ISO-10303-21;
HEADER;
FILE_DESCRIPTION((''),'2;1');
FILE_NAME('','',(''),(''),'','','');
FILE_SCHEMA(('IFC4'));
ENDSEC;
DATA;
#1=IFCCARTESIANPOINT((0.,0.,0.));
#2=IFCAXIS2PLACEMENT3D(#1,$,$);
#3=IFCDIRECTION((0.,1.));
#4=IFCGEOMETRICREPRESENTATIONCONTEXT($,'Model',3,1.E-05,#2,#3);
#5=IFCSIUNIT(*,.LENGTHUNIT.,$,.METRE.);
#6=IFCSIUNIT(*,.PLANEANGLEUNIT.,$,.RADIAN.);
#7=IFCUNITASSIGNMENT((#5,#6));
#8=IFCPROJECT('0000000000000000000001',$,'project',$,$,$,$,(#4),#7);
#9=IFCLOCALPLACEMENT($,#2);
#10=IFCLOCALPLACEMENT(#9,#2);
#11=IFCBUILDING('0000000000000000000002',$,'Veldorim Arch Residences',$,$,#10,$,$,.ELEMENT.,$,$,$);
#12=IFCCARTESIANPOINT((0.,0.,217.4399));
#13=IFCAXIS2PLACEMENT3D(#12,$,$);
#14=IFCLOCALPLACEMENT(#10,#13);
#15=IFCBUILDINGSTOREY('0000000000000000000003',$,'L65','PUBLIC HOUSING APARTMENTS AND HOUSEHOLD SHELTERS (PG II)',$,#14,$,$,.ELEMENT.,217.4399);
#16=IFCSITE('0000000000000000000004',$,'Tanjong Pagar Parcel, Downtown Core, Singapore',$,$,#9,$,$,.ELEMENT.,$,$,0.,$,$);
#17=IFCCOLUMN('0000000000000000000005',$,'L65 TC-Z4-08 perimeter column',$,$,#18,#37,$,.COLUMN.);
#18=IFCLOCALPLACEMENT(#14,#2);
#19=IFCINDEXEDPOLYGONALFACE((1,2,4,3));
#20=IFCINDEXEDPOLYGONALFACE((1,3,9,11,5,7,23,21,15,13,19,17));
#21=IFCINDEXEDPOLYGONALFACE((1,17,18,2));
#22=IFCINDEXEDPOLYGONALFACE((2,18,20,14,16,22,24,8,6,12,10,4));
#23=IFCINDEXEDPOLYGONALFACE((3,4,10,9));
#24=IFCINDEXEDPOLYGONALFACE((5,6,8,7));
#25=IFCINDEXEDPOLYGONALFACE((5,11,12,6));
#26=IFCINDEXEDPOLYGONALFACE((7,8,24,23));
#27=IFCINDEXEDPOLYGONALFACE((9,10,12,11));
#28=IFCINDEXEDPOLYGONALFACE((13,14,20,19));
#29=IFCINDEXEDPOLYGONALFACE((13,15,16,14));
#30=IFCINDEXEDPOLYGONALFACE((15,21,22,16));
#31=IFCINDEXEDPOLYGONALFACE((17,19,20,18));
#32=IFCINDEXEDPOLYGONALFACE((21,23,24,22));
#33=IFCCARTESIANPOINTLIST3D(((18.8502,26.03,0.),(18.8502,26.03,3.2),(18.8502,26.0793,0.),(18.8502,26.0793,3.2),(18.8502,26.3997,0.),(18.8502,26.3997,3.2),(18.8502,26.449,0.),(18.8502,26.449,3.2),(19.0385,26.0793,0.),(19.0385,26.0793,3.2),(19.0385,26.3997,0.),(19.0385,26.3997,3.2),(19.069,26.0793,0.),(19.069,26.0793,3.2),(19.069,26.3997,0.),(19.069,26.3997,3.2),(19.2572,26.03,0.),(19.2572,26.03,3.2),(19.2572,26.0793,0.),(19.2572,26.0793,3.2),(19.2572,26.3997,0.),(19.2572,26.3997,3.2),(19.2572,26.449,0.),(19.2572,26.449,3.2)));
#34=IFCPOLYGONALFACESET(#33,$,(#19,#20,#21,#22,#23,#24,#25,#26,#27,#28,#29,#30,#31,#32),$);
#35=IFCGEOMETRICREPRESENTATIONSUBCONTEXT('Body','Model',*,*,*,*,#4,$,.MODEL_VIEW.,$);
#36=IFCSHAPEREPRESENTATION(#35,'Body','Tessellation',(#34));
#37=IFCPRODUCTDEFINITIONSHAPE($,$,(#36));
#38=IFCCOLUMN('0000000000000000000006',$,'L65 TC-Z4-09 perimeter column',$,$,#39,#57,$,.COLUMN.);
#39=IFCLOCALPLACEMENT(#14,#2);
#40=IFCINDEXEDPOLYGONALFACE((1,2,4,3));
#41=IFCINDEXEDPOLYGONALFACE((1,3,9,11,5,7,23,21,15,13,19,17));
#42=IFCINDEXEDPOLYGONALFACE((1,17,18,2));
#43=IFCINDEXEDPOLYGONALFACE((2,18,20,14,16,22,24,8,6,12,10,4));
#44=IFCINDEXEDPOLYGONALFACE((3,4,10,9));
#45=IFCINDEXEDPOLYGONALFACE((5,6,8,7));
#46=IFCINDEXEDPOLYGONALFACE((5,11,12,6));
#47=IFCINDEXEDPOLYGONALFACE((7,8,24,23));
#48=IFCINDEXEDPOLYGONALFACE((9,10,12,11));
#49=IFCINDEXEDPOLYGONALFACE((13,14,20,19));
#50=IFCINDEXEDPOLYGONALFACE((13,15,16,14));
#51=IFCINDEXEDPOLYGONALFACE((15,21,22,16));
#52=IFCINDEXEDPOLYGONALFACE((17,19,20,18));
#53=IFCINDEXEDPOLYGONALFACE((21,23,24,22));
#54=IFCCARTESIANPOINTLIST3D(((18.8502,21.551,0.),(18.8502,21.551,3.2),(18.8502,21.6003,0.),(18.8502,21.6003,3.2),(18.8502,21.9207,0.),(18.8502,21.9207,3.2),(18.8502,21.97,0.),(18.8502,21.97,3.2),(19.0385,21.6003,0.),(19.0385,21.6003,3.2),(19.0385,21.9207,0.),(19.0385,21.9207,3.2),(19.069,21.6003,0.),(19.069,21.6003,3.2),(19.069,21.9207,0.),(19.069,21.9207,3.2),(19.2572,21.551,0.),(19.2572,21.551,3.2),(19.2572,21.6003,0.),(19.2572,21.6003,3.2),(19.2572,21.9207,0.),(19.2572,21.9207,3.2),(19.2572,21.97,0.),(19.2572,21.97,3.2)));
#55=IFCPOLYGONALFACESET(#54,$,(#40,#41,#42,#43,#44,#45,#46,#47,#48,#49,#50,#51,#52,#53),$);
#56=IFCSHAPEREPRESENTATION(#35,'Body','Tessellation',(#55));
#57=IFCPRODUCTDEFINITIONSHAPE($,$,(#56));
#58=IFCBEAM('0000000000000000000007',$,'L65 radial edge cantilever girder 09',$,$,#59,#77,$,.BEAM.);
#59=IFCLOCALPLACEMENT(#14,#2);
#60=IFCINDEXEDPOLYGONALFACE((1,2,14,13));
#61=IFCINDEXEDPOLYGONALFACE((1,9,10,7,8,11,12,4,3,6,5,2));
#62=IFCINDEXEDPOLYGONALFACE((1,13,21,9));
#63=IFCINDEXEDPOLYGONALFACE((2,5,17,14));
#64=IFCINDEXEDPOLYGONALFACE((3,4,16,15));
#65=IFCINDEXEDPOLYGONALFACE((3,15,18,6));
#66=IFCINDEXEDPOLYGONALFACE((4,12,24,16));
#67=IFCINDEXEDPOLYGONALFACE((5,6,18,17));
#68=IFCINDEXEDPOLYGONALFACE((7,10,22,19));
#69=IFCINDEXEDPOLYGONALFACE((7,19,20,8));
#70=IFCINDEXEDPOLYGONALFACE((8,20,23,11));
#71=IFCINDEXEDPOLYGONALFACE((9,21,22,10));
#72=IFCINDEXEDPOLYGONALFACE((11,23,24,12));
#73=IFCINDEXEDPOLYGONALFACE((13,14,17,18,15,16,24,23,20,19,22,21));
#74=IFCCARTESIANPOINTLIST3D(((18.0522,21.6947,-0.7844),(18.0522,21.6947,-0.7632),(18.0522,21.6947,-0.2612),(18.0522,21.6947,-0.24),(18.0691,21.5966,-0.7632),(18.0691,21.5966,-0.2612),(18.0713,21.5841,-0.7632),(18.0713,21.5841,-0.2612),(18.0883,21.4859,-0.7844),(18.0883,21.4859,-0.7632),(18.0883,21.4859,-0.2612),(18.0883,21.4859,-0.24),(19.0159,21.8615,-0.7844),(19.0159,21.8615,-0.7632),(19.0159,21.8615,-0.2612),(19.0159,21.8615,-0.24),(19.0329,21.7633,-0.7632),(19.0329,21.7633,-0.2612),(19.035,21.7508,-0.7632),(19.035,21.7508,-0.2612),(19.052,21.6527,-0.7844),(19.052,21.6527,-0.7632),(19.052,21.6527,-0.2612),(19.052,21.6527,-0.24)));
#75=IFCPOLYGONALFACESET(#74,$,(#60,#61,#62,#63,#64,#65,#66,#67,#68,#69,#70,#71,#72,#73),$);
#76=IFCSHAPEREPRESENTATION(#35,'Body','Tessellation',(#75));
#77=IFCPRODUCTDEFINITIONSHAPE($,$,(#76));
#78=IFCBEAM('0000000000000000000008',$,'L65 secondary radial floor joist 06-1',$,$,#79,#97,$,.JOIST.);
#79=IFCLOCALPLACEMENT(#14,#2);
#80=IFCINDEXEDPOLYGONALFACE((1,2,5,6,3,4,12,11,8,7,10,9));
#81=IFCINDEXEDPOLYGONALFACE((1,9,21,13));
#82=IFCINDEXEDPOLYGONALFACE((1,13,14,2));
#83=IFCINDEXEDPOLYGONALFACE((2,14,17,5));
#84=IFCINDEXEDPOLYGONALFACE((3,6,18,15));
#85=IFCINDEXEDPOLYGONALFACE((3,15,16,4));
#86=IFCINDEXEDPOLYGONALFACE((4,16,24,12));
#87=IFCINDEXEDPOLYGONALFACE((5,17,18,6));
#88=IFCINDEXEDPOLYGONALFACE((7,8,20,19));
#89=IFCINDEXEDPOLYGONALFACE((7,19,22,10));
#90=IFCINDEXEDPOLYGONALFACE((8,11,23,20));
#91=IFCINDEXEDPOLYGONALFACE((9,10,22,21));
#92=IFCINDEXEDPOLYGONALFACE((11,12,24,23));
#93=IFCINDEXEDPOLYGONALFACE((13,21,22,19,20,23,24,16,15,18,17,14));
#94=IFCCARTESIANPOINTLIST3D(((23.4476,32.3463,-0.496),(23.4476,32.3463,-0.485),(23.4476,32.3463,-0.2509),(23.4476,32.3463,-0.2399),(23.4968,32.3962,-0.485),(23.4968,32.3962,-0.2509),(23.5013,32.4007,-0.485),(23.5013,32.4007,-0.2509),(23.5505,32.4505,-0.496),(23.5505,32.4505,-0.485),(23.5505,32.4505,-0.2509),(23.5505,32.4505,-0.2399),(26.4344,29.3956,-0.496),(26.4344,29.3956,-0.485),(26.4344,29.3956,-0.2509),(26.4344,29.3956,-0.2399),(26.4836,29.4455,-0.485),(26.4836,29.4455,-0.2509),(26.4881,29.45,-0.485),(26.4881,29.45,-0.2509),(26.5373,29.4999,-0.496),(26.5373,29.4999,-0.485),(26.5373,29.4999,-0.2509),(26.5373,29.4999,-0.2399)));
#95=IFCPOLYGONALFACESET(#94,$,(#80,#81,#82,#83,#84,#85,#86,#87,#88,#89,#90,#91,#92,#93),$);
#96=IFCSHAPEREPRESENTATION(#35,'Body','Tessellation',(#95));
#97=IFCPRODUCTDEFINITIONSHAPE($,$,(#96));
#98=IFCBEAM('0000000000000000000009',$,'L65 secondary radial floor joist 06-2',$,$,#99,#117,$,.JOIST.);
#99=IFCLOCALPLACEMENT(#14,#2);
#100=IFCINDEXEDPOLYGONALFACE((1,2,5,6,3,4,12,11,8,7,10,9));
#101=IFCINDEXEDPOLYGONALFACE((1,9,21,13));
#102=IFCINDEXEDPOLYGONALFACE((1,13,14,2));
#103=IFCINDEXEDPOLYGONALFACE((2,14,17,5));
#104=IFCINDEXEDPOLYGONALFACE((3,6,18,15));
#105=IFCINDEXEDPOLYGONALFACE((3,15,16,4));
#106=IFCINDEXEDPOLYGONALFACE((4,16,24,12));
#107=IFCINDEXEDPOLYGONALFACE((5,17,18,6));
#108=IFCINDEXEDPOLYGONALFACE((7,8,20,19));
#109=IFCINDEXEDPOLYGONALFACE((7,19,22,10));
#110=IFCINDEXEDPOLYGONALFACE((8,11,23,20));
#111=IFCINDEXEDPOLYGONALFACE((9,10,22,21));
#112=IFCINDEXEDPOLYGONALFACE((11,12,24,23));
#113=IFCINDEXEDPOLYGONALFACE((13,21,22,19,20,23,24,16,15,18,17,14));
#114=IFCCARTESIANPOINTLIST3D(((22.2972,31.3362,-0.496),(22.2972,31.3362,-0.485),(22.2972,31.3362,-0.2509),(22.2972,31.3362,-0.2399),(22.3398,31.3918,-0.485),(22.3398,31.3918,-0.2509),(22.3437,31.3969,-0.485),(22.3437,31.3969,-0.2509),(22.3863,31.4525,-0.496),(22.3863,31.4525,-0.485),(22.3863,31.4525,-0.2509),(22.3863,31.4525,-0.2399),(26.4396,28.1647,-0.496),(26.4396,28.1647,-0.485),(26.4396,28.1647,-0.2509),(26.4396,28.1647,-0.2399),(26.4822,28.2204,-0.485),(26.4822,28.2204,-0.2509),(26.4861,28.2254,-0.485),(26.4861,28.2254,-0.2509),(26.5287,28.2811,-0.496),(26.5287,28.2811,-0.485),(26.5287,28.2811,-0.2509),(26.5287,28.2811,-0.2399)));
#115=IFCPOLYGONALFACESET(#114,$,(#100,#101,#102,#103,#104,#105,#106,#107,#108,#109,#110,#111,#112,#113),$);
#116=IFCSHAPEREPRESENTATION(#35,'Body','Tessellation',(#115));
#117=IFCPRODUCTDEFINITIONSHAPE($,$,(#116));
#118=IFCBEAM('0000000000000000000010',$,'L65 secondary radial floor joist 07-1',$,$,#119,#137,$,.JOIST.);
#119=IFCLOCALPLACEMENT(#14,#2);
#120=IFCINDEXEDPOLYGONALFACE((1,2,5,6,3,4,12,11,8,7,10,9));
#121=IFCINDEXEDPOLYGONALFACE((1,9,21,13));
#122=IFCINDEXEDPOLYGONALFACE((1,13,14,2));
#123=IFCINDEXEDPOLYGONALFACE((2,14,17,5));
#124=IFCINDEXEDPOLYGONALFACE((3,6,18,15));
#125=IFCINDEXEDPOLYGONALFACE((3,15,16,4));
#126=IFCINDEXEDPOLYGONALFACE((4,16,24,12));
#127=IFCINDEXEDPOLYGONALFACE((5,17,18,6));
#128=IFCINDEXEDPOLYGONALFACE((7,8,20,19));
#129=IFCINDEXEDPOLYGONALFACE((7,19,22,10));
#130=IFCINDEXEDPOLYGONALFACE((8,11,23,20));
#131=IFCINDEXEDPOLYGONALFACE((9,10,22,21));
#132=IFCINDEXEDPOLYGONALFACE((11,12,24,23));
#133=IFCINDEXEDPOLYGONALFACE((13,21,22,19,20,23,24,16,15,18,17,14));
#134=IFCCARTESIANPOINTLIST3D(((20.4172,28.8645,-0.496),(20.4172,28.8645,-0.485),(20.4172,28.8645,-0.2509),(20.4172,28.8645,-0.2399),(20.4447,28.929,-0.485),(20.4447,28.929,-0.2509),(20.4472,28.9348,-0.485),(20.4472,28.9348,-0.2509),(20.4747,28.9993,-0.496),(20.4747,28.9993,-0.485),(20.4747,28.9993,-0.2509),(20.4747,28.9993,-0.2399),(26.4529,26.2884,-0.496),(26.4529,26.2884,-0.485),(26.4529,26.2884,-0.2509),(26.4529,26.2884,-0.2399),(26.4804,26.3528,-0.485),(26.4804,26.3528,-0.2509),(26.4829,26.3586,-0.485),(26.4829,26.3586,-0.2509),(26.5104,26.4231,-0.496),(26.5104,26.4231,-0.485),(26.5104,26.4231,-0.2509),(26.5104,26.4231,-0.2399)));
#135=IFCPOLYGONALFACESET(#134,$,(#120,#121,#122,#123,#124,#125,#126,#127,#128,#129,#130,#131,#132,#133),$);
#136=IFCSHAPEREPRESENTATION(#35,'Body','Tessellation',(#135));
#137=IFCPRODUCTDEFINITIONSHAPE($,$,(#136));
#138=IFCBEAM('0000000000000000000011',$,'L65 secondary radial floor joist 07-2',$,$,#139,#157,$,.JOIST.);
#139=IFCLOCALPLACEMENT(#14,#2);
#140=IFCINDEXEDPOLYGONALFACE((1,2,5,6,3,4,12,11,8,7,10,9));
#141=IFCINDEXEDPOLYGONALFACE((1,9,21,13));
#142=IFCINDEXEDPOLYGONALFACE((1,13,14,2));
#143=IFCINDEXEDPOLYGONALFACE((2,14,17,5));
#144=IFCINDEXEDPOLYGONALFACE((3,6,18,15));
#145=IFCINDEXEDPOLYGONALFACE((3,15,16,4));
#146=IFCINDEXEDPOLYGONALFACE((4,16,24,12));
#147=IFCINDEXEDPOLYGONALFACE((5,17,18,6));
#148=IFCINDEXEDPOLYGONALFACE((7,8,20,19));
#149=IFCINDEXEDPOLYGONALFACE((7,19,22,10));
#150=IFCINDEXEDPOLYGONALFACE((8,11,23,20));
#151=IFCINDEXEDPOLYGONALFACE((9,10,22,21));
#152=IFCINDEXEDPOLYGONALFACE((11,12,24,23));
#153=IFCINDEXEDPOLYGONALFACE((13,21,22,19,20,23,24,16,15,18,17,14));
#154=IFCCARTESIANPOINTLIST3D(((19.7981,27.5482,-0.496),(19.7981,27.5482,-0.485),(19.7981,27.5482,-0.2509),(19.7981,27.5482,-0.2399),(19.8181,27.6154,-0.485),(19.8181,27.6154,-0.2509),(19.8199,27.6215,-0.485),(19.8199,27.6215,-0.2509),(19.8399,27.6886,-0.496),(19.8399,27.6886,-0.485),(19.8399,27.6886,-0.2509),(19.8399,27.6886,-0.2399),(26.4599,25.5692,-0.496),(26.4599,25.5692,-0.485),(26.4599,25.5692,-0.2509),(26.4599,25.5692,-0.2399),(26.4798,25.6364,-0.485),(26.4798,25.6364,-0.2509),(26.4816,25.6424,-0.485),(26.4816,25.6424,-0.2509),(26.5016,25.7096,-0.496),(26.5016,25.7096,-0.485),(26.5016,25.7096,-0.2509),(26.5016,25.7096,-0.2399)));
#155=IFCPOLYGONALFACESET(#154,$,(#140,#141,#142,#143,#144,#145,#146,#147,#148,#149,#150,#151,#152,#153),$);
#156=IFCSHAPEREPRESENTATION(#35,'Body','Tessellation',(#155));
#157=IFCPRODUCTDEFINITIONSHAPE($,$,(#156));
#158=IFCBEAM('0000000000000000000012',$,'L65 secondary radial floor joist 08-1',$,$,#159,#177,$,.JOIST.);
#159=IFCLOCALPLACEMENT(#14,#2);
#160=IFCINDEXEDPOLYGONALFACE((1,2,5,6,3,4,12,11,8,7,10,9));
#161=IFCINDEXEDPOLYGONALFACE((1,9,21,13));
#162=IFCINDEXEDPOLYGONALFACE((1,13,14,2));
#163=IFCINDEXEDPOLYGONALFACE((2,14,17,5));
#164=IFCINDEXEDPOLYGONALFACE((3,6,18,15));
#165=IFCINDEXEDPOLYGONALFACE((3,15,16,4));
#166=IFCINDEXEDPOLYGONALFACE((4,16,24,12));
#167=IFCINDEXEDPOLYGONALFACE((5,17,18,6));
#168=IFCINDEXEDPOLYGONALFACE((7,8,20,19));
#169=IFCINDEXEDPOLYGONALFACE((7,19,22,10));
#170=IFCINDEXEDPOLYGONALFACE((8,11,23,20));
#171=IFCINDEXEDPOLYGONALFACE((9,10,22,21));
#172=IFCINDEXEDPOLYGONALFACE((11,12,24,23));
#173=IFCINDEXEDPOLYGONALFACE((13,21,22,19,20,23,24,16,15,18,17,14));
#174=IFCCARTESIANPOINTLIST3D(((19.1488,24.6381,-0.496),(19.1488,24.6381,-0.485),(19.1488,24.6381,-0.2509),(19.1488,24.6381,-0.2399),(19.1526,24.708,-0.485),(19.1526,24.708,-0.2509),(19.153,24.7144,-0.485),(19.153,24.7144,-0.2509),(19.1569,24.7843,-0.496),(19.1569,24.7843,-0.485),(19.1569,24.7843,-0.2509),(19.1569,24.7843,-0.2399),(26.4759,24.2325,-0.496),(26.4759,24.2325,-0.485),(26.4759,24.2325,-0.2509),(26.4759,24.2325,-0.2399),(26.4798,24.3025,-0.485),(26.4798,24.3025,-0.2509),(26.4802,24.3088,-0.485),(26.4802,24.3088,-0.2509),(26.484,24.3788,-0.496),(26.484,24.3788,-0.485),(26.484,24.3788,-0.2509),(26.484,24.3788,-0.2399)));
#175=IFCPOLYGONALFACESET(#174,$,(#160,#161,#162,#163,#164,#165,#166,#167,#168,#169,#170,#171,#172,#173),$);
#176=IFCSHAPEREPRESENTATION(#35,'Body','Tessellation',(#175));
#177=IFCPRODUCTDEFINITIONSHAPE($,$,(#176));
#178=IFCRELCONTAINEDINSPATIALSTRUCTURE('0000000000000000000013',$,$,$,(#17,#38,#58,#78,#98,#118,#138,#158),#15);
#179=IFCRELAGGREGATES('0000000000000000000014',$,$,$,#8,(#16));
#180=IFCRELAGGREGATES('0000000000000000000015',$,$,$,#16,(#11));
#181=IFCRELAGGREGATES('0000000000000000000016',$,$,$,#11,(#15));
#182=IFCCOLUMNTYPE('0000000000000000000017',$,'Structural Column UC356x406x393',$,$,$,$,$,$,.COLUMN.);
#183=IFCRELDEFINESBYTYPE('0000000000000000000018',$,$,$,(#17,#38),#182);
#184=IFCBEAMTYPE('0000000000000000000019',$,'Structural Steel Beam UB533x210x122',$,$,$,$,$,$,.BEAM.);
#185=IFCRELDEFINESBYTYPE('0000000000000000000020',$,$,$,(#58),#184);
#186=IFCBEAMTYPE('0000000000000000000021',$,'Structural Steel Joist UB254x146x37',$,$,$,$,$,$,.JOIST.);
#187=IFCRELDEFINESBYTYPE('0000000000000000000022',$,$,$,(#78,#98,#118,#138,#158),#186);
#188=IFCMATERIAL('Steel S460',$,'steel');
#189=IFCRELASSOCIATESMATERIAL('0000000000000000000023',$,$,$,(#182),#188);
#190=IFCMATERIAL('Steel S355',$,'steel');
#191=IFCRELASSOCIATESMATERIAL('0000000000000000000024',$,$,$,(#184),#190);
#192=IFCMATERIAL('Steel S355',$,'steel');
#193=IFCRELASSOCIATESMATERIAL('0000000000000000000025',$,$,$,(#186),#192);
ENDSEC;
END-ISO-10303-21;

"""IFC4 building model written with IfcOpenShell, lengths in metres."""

from ifc_helpers import new_model, si_unit, direction, frame, origin, origin_2d, place, context, subcontext, project, spatial, i_section, extrude, material, material_profile, profile_set, type_object, element, save


model = new_model("IFC4")

# Units and contexts
model_context = context("Model", 3, precision=1e-05, world=origin(), true_north=direction((0.0, 1.0)))
body_context = subcontext(model_context, "Body", "Model", "MODEL_VIEW")
ifc_project = project(units=[si_unit("LENGTHUNIT", "METRE"), si_unit("PLANEANGLEUNIT", "RADIAN")], contexts=[model_context])

# Site, building, storey
site_placement = place(None, origin())
site = spatial("IfcSite", under=ifc_project, at=site_placement, Name="Tanjong Pagar Parcel, Downtown Core, Singapore", CompositionType="ELEMENT", RefElevation=0.0)
building_placement = place(site_placement, origin())
building = spatial("IfcBuilding", under=site, at=building_placement, Name="Veldorim Arch Residences", CompositionType="ELEMENT")
storey_placement = place(building_placement, frame((0.0, 0.0, 217.4399)))
storey = spatial("IfcBuildingStorey", under=building, at=storey_placement, Name="L65", Description="PUBLIC HOUSING APARTMENTS AND HOUSEHOLD SHELTERS (PG II)", CompositionType="ELEMENT", Elevation=217.4399)

# Columns
ifc_material_1 = material(Name="Steel S460", Category="steel")
ifc_material_profile_1 = material_profile(ifc_material_1, i_section(OverallWidth=0.407, OverallDepth=0.4189, WebThickness=0.0305, FlangeThickness=0.0493, at=origin_2d()), Name="UC356x406x393")
ifc_profile_set_1 = profile_set([ifc_material_profile_1], Name="Steel S460")
column_type = type_object("IfcColumnType", Name="Structural Column UC356x406x393", PredefinedType="COLUMN", material=ifc_profile_set_1)
for number, where, z_axis, x_axis, name in (
    (1, (19.0537, 26.2395, 0.0), (0.0, 0.0, 1.0), (1.0, 0.0, 0.0), "L65 TC-Z4-08 perimeter column"),
    (2, (19.0537, 21.7605, 0.0), (0.0, 0.0, 1.0), (1.0, 0.0, 0.0), "L65 TC-Z4-09 perimeter column"),
):
    element("IfcColumn", number, at=place(storey_placement, frame(where, z_axis=z_axis, x_axis=x_axis)), inside=storey, type_object=column_type, Name=name, PredefinedType="COLUMN", context=body_context, shape_type="SweptSolid", body=[
        extrude(i_section(OverallWidth=0.407, OverallDepth=0.4189, WebThickness=0.0305, FlangeThickness=0.0493, at=origin_2d()), origin(), (0.0, 0.0, 1.0), 3.2),
    ])

# Beams
ifc_material_2 = material(Name="Steel S355", Category="steel")
ifc_material_profile_2 = material_profile(ifc_material_2, i_section(OverallWidth=0.2119, OverallDepth=0.5444, WebThickness=0.0127, FlangeThickness=0.0212, at=origin_2d()), Name="UB533x210x122")
ifc_profile_set_2 = profile_set([ifc_material_profile_2], Name="Steel S355")
beam_type_1 = type_object("IfcBeamType", Name="Structural Steel Beam UB533x210x122", PredefinedType="BEAM", material=ifc_profile_set_2)
beam_1_placement = place(storey_placement, frame((19.0339, 21.7571, -0.5122), z_axis=(-0.985356, -0.170509, 0.0), x_axis=(0.170509, -0.985356, 0.0)))
element("IfcBeam", 3, at=beam_1_placement, inside=storey, type_object=beam_type_1, Name="L65 radial edge cantilever girder 09", PredefinedType="BEAM", context=body_context, shape_type="SweptSolid", body=[
    extrude(i_section(OverallWidth=0.2119, OverallDepth=0.5444, WebThickness=0.0127, FlangeThickness=0.0212, at=origin_2d()), origin(), (0.0, 0.0, 1.0), 0.978),
])
ifc_material_3 = material(Name="Steel S355", Category="steel")
ifc_material_profile_3 = material_profile(ifc_material_3, i_section(OverallWidth=0.1465, OverallDepth=0.2561, WebThickness=0.0063, FlangeThickness=0.011, at=origin_2d()), Name="UB254x146x37")
ifc_profile_set_3 = profile_set([ifc_material_profile_3], Name="Steel S355")
beam_type_2 = type_object("IfcBeamType", Name="Structural Steel Joist UB254x146x37", PredefinedType="JOIST", material=ifc_profile_set_3)
beam_2_placement = place(storey_placement, frame((26.4858, 29.4478, -0.3679), z_axis=(-0.711397, 0.702791, 0.0), x_axis=(-0.702791, -0.711397, 0.0)))
element("IfcBeam", 4, at=beam_2_placement, inside=storey, type_object=beam_type_2, Name="L65 secondary radial floor joist 06-1", PredefinedType="JOIST", context=body_context, shape_type="SweptSolid", body=[
    extrude(i_section(OverallWidth=0.1465, OverallDepth=0.2561, WebThickness=0.0063, FlangeThickness=0.011, at=origin_2d()), origin(), (0.0, 0.0, 1.0), 4.1985),
])
beam_3_placement = place(storey_placement, frame((26.4841, 28.2229, -0.3679), z_axis=(-0.794014, 0.6079, 0.0), x_axis=(-0.6079, -0.794014, 0.0)))
element("IfcBeam", 5, at=beam_3_placement, inside=storey, type_object=beam_type_2, Name="L65 secondary radial floor joist 06-2", PredefinedType="JOIST", context=body_context, shape_type="SweptSolid", body=[
    extrude(i_section(OverallWidth=0.1465, OverallDepth=0.2561, WebThickness=0.0063, FlangeThickness=0.011, at=origin_2d()), origin(), (0.0, 0.0, 1.0), 5.217),
])
beam_4_placement = place(storey_placement, frame((26.4817, 26.3557, -0.3679), z_axis=(-0.919725, 0.392563, 0.0), x_axis=(-0.392563, -0.919725, 0.0)))
element("IfcBeam", 6, at=beam_4_placement, inside=storey, type_object=beam_type_2, Name="L65 secondary radial floor joist 07-1", PredefinedType="JOIST", context=body_context, shape_type="SweptSolid", body=[
    extrude(i_section(OverallWidth=0.1465, OverallDepth=0.2561, WebThickness=0.0063, FlangeThickness=0.011, at=origin_2d()), origin(), (0.0, 0.0, 1.0), 6.5625),
])
beam_5_placement = place(storey_placement, frame((26.4807, 25.6394, -0.3679), z_axis=(-0.958594, 0.284775, 0.0), x_axis=(-0.284775, -0.958594, 0.0)))
element("IfcBeam", 7, at=beam_5_placement, inside=storey, type_object=beam_type_2, Name="L65 secondary radial floor joist 07-2", PredefinedType="JOIST", context=body_context, shape_type="SweptSolid", body=[
    extrude(i_section(OverallWidth=0.1465, OverallDepth=0.2561, WebThickness=0.0063, FlangeThickness=0.011, at=origin_2d()), origin(), (0.0, 0.0, 1.0), 6.9495),
])
for number, where, z_axis, x_axis, name in (
    (8, (26.48, 24.3057, -0.3679), (-0.998472, 0.05526, 0.0), (-0.05526, -0.998472, 0.0), "L65 secondary radial floor joist 08-1"),
):
    element("IfcBeam", number, at=place(storey_placement, frame(where, z_axis=z_axis, x_axis=x_axis)), inside=storey, type_object=beam_type_2, Name=name, PredefinedType="JOIST", context=body_context, shape_type="SweptSolid", body=[
        extrude(i_section(OverallWidth=0.1465, OverallDepth=0.2561, WebThickness=0.0063, FlangeThickness=0.011, at=origin_2d()), origin(), (0.0, 0.0, 1.0), 7.3384),
    ])

save(model, "model.ifc")
